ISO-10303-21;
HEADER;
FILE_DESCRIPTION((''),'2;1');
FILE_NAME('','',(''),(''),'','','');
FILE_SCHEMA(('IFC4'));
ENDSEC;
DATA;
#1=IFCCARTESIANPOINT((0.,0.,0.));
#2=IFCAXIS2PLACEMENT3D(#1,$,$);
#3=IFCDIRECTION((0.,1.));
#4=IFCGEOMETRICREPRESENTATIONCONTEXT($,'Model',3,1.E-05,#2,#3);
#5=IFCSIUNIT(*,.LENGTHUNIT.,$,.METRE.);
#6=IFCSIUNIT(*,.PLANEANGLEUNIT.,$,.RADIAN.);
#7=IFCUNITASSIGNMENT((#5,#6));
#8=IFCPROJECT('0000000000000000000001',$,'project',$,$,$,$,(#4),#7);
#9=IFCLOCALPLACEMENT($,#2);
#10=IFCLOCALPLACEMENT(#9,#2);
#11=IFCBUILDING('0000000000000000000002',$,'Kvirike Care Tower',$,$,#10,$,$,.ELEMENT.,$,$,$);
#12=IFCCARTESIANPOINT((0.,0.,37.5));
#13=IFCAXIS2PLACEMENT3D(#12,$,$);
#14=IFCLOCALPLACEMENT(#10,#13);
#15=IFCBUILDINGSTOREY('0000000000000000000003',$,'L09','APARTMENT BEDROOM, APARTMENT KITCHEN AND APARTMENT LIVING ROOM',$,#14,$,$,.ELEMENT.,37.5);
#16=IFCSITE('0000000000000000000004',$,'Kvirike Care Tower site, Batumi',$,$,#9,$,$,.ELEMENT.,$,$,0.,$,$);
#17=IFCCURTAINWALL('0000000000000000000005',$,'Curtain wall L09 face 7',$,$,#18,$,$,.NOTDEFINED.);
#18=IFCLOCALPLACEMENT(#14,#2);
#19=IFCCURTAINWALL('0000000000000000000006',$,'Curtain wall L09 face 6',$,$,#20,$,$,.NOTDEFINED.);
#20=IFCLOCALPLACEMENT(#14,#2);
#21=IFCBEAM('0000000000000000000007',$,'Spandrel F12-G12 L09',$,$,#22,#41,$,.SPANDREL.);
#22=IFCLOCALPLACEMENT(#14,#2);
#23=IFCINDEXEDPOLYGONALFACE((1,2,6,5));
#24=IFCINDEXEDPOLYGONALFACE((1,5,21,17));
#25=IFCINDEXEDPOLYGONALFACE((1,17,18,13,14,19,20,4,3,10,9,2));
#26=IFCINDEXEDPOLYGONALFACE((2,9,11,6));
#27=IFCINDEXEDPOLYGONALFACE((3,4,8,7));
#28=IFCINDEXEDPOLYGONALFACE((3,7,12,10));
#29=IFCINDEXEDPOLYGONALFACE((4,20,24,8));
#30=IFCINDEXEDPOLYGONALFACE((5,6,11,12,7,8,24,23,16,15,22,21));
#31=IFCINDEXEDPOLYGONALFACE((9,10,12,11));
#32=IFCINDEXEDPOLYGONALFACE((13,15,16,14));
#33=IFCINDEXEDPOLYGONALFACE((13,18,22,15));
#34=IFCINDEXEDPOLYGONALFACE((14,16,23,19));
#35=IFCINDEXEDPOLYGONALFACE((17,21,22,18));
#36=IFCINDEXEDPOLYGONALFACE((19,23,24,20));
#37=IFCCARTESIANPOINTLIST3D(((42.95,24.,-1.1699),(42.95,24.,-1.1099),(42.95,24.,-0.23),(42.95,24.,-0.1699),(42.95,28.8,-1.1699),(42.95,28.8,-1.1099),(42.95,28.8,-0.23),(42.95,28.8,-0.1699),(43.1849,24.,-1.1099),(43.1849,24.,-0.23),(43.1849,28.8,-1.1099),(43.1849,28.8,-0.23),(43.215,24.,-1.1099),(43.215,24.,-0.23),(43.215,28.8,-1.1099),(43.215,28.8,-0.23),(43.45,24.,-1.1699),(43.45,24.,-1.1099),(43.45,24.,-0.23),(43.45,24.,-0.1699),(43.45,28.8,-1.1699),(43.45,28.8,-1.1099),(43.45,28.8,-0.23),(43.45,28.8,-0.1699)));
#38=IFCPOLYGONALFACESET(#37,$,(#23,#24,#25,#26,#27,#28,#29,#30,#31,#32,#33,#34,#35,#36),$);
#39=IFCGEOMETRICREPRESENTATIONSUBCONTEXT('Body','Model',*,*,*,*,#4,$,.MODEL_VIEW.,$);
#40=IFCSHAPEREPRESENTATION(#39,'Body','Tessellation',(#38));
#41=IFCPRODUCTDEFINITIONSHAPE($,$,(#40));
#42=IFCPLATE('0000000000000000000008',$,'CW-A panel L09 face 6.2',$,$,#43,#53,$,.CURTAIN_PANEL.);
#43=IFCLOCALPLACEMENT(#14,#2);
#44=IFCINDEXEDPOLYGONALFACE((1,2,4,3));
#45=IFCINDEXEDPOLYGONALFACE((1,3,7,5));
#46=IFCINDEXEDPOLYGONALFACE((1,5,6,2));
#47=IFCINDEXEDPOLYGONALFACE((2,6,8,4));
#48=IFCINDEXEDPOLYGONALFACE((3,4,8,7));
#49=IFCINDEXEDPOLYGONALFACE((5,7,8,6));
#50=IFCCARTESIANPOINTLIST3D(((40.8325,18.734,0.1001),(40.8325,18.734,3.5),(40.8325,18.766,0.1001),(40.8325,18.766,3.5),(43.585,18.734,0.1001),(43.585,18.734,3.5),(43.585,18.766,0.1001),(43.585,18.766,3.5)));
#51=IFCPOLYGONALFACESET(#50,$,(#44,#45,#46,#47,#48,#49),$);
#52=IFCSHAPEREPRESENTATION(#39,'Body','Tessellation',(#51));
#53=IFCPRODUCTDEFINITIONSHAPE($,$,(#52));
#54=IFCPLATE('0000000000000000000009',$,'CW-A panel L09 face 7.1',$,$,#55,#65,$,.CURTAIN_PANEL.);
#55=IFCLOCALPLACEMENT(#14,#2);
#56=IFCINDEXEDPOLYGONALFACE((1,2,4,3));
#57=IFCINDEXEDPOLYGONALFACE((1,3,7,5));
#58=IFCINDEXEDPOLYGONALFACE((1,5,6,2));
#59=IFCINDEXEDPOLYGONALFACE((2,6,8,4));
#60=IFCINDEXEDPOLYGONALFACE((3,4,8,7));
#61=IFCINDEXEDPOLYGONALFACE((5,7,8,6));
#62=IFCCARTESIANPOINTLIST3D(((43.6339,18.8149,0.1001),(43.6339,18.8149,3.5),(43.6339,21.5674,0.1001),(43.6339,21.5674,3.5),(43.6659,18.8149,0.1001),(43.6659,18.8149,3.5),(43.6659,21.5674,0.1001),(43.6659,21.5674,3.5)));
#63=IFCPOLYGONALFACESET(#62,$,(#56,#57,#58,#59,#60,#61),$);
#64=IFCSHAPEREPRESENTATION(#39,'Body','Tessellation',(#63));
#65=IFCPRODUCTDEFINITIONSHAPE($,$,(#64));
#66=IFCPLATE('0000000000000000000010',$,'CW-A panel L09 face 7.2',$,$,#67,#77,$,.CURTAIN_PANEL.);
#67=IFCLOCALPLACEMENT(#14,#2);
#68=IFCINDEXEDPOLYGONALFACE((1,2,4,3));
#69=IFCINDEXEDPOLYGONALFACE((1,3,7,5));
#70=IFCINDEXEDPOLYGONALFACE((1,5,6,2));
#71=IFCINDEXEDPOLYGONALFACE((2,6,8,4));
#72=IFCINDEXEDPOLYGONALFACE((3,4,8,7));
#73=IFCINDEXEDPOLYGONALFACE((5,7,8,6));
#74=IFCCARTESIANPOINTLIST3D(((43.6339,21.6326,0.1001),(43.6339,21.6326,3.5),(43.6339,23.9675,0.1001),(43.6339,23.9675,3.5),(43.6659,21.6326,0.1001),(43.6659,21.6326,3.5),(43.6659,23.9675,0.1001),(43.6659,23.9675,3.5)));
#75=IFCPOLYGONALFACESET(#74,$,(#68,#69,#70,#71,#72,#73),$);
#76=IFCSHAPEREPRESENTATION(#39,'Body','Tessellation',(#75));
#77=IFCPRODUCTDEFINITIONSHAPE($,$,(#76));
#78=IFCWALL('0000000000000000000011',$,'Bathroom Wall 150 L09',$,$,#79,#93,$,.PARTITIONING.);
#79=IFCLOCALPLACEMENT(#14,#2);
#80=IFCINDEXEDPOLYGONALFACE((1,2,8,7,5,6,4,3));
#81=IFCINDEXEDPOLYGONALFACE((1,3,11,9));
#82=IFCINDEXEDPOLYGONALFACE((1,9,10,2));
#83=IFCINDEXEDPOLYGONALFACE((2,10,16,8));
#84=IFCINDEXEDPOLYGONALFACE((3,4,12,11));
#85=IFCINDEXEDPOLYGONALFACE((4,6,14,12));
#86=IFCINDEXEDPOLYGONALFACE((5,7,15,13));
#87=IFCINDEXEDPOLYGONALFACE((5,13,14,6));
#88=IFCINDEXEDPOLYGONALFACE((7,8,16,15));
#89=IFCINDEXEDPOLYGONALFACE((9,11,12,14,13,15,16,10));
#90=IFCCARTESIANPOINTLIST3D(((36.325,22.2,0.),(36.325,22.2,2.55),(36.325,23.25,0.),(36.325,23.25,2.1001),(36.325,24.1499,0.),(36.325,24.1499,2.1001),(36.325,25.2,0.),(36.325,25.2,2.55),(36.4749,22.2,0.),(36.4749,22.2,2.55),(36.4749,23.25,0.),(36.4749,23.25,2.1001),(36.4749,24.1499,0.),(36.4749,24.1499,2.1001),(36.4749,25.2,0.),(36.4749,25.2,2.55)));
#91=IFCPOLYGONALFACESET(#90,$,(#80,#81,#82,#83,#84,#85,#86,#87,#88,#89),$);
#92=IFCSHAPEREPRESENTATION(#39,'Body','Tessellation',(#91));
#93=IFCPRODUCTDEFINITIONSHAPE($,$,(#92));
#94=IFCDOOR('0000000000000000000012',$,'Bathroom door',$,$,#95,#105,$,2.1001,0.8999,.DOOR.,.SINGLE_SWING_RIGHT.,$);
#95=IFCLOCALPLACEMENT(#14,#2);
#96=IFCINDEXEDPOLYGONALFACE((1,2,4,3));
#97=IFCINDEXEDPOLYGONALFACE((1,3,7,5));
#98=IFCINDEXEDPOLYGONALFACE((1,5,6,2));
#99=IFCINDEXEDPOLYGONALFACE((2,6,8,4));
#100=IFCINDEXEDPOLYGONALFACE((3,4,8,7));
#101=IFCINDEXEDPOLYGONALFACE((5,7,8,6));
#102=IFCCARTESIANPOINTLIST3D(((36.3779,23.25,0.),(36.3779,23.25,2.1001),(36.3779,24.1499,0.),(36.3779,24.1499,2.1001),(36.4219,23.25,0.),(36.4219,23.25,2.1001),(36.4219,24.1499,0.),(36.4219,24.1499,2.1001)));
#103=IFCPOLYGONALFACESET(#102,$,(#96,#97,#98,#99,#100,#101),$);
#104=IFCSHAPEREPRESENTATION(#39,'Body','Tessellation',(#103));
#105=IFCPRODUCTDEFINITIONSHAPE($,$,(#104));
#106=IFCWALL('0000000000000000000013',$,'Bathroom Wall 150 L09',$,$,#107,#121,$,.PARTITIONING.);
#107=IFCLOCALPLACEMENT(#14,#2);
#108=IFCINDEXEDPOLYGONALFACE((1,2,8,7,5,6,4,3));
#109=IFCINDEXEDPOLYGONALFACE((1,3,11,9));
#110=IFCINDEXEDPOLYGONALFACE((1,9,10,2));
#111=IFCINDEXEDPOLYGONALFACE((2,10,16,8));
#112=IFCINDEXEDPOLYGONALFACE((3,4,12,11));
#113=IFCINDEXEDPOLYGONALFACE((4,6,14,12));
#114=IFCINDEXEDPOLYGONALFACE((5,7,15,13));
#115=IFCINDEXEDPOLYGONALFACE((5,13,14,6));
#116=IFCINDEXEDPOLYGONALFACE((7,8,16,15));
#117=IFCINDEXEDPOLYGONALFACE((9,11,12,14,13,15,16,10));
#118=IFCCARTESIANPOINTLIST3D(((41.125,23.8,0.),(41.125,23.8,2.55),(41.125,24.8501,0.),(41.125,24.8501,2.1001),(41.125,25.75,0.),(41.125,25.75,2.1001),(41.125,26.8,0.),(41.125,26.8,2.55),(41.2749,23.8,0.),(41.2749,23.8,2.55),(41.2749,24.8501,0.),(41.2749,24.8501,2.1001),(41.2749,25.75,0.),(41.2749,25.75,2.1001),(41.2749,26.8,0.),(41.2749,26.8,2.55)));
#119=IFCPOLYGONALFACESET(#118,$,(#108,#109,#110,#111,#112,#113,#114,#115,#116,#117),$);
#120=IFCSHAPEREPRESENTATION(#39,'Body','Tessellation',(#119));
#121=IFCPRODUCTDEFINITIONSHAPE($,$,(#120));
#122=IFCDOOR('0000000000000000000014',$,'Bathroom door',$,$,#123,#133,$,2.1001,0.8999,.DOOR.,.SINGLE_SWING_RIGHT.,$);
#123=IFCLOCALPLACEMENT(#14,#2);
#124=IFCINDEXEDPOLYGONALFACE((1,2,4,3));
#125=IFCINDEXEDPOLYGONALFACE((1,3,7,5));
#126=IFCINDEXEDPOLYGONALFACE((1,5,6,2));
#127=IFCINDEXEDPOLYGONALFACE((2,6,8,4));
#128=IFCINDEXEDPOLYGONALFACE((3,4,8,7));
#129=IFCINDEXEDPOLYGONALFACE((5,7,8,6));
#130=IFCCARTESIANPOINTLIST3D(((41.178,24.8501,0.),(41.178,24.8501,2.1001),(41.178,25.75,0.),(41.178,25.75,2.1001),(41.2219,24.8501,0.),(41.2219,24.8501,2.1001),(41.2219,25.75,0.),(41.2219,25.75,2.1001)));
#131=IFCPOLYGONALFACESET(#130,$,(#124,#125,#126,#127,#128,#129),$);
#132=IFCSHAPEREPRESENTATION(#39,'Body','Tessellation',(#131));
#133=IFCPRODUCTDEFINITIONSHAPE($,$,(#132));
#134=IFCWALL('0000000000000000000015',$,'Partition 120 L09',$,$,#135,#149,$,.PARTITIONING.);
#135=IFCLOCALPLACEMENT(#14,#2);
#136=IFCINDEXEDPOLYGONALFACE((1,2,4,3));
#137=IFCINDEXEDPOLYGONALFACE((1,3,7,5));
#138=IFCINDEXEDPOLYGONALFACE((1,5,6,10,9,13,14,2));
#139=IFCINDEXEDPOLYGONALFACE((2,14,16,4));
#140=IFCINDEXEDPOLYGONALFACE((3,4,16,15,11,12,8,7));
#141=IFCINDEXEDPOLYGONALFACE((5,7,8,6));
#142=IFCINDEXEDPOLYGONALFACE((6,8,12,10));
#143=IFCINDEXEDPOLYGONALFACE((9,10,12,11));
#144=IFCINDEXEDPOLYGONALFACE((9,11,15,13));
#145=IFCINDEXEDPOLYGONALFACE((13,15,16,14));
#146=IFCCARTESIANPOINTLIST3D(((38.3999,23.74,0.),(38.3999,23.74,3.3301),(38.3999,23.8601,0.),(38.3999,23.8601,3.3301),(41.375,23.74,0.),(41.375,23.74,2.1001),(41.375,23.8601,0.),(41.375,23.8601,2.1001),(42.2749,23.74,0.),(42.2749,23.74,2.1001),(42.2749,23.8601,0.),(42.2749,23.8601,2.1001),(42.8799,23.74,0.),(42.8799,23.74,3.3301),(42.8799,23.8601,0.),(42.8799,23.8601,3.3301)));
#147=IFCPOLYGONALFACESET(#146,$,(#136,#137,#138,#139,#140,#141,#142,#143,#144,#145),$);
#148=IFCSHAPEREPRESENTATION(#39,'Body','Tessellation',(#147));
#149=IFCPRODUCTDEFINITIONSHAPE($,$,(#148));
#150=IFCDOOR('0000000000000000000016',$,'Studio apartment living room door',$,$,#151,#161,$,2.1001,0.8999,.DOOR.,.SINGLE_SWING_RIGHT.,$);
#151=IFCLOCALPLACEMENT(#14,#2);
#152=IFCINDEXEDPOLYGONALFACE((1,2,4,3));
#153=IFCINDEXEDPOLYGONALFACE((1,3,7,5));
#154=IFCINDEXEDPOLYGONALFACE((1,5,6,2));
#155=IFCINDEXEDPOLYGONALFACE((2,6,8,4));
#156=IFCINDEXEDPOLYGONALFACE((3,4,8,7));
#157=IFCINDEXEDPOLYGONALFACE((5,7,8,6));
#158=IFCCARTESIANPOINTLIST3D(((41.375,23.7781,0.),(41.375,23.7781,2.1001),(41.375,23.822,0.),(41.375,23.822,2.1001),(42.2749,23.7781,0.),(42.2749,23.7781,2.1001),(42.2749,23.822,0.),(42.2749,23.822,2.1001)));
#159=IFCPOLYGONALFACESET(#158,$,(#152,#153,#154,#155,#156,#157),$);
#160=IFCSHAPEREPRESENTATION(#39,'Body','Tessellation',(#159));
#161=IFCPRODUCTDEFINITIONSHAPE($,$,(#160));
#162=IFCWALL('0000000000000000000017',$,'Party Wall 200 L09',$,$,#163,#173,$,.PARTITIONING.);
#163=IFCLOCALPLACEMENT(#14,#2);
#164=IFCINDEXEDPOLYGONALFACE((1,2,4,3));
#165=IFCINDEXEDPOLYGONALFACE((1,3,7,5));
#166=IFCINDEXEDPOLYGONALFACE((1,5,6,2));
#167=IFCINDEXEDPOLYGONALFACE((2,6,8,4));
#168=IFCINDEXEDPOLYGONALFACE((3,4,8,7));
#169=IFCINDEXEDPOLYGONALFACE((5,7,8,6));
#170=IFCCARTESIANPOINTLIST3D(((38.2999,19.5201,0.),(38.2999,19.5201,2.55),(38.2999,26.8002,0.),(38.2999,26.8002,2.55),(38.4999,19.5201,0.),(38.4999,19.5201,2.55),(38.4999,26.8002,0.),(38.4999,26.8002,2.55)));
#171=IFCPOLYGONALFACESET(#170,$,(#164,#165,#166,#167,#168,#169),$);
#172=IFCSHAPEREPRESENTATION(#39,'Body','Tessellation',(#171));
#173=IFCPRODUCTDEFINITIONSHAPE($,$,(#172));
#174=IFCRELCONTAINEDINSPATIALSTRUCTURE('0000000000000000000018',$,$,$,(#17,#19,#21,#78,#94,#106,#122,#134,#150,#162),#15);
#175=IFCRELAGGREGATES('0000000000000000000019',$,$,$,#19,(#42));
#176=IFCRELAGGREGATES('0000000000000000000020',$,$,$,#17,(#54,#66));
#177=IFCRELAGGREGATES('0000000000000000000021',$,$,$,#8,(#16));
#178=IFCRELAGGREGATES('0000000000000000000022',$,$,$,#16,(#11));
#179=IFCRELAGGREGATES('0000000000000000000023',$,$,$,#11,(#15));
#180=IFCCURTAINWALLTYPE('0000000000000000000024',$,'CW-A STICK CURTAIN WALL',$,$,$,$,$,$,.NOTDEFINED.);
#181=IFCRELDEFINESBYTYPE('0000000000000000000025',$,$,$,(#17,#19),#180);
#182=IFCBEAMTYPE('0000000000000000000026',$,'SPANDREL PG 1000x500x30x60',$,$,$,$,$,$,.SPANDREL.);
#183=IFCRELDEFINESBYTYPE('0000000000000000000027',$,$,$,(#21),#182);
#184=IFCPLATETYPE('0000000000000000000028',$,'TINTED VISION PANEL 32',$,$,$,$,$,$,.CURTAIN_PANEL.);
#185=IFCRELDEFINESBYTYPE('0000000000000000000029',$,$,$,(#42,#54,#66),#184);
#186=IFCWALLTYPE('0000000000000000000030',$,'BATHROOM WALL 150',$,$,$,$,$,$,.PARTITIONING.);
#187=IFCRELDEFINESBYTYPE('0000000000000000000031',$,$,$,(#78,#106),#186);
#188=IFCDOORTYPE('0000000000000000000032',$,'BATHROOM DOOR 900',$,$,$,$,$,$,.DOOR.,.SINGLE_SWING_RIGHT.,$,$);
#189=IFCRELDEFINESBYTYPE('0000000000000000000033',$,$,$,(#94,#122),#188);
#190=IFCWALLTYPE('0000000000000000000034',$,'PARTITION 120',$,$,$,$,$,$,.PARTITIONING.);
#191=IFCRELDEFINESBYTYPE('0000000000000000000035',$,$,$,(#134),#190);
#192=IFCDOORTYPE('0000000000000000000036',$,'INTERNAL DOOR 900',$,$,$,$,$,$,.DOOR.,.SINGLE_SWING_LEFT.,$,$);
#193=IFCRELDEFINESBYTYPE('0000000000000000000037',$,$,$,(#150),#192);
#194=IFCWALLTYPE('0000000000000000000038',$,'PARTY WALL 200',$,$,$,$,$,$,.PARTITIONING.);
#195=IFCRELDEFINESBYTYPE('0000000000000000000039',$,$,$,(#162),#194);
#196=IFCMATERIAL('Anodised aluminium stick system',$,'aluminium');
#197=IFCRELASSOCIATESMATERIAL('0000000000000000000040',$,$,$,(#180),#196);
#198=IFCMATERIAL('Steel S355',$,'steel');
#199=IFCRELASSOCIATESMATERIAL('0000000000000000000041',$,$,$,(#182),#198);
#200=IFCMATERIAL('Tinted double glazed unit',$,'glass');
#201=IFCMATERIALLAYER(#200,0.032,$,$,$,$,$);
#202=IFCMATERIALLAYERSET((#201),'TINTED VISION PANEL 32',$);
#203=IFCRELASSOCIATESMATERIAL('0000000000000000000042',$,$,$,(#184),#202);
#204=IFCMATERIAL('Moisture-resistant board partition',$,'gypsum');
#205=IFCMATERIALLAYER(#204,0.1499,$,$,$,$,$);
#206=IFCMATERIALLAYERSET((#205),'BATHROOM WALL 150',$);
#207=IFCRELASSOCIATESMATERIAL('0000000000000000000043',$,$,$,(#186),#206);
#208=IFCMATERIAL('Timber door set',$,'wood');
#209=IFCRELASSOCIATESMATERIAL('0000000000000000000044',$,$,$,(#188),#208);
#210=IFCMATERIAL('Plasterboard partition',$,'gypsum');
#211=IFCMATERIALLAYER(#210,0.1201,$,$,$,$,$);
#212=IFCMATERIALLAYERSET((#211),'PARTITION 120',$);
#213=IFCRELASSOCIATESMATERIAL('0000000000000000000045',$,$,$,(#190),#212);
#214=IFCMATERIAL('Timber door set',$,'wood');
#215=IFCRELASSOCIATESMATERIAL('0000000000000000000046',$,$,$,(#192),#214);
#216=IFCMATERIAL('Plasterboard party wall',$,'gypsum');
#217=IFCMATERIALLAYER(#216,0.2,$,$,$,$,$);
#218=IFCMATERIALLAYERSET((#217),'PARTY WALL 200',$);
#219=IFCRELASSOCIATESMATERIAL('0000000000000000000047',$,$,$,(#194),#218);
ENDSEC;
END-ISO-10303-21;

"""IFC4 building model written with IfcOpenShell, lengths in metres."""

from ifc_helpers import new_model, si_unit, direction, frame, frame_2d, origin, origin_2d, place, context, subcontext, project, spatial, rectangle, i_section, extrude, material, layer, layer_set, material_profile, profile_set, type_object, element, fill, aggregate, save


model = new_model("IFC4")

# Units and contexts
model_context = context("Model", 3, precision=1e-05, world=origin(), true_north=direction((0.0, 1.0)))
body_context = subcontext(model_context, "Body", "Model", "MODEL_VIEW")
ifc_project = project(units=[si_unit("LENGTHUNIT", "METRE"), si_unit("PLANEANGLEUNIT", "RADIAN")], contexts=[model_context])

# Site, building, storey
site_placement = place(None, origin())
site = spatial("IfcSite", under=ifc_project, at=site_placement, Name="Kvirike Care Tower site, Batumi", CompositionType="ELEMENT", RefElevation=0.0)
building_placement = place(site_placement, origin())
building = spatial("IfcBuilding", under=site, at=building_placement, Name="Kvirike Care Tower", CompositionType="ELEMENT")
storey_placement = place(building_placement, frame((0.0, 0.0, 37.5)))
storey = spatial("IfcBuildingStorey", under=building, at=storey_placement, Name="L09", Description="APARTMENT BEDROOM, APARTMENT KITCHEN AND APARTMENT LIVING ROOM", CompositionType="ELEMENT", Elevation=37.5)

# Curtain walls
ifc_material_1 = material(Name="Anodised aluminium stick system", Category="aluminium")
curtain_wall_type = type_object("IfcCurtainWallType", Name="CW-A STICK CURTAIN WALL", PredefinedType="NOTDEFINED", material=ifc_material_1)
curtain_wall_1_placement = place(storey_placement, origin())
curtain_wall_1 = element("IfcCurtainWall", 1, at=curtain_wall_1_placement, inside=storey, type_object=curtain_wall_type, Name="Curtain wall L09 face 7", PredefinedType="NOTDEFINED")
curtain_wall_2_placement = place(storey_placement, origin())
curtain_wall_2 = element("IfcCurtainWall", 2, at=curtain_wall_2_placement, inside=storey, type_object=curtain_wall_type, Name="Curtain wall L09 face 6", PredefinedType="NOTDEFINED")

# Beam
ifc_material_2 = material(Name="Steel S355", Category="steel")
ifc_material_profile_1 = material_profile(ifc_material_2, i_section(OverallWidth=0.5, OverallDepth=1.0, WebThickness=0.03, FlangeThickness=0.0601, at=origin_2d()), Name="PG 1000x500x30x60")
ifc_profile_set_1 = profile_set([ifc_material_profile_1], Name="Steel S355")
beam_type = type_object("IfcBeamType", Name="SPANDREL PG 1000x500x30x60", PredefinedType="SPANDREL", material=ifc_profile_set_1)
for number, where, z_axis, x_axis, name in (
    (3, (43.2, 24.0, -0.6699), (0.0, 1.0, 0.0), (-1.0, 0.0, 0.0), "Spandrel F12-G12 L09"),
):
    element("IfcBeam", number, at=place(storey_placement, frame(where, z_axis=z_axis, x_axis=x_axis)), inside=storey, type_object=beam_type, Name=name, PredefinedType="SPANDREL", context=body_context, shape_type="SweptSolid", body=[
        extrude(i_section(OverallWidth=0.5, OverallDepth=1.0, WebThickness=0.03, FlangeThickness=0.0601, at=origin_2d()), origin(), (0.0, 0.0, 1.0), 4.8),
    ])

# Plates
ifc_material_3 = material(Name="Tinted double glazed unit", Category="glass")
ifc_layer_1 = layer(ifc_material_3, 0.032)
ifc_layer_set_1 = layer_set([ifc_layer_1], Name="TINTED VISION PANEL 32")
plate_type = type_object("IfcPlateType", Name="TINTED VISION PANEL 32", PredefinedType="CURTAIN_PANEL", material=ifc_layer_set_1)
plate_1_placement = place(storey_placement, frame((42.2087, 18.75, 0.1001), z_axis=(0.0, 0.0, 1.0), x_axis=(1.0, 0.0, 0.0)))
plate_1 = element("IfcPlate", 4, at=plate_1_placement, type_object=plate_type, Name="CW-A panel L09 face 6.2", PredefinedType="CURTAIN_PANEL", context=body_context, shape_type="SweptSolid", body=[
    extrude(rectangle(XDim=2.7524, YDim=0.032, at=origin_2d()), origin(), (0.0, 0.0, 1.0), 3.3999),
])
aggregate(curtain_wall_2, [plate_1])
plate_2_placement = place(storey_placement, frame((43.6499, 20.1912, 0.1001), z_axis=(0.0, 0.0, 1.0), x_axis=(0.0, 1.0, 0.0)))
plate_2 = element("IfcPlate", 5, at=plate_2_placement, type_object=plate_type, Name="CW-A panel L09 face 7.1", PredefinedType="CURTAIN_PANEL", context=body_context, shape_type="SweptSolid", body=[
    extrude(rectangle(XDim=2.7524, YDim=0.032, at=origin_2d()), origin(), (0.0, 0.0, 1.0), 3.3999),
])
plate_3_placement = place(storey_placement, frame((43.6499, 22.8, 0.1001), z_axis=(0.0, 0.0, 1.0), x_axis=(0.0, 1.0, 0.0)))
plate_3 = element("IfcPlate", 6, at=plate_3_placement, type_object=plate_type, Name="CW-A panel L09 face 7.2", PredefinedType="CURTAIN_PANEL", context=body_context, shape_type="SweptSolid", body=[
    extrude(rectangle(XDim=2.335, YDim=0.032, at=origin_2d()), origin(), (0.0, 0.0, 1.0), 3.3999),
])
aggregate(curtain_wall_1, [plate_2, plate_3])

# Walls, openings, doors
ifc_material_4 = material(Name="Moisture-resistant board partition", Category="gypsum")
ifc_layer_2 = layer(ifc_material_4, 0.1499)
ifc_layer_set_2 = layer_set([ifc_layer_2], Name="BATHROOM WALL 150")
wall_type_1 = type_object("IfcWallType", Name="BATHROOM WALL 150", PredefinedType="PARTITIONING", material=ifc_layer_set_2)
wall_1_placement = place(storey_placement, frame((36.3999, 22.2, 0.0), z_axis=(0.0, 0.0, 1.0), x_axis=(0.0, 1.0, 0.0)))
wall_1 = element("IfcWall", 7, at=wall_1_placement, inside=storey, type_object=wall_type_1, Name="Bathroom Wall 150 L09", PredefinedType="PARTITIONING", context=body_context, shape_type="SweptSolid", body=[
    extrude(rectangle(XDim=3.0, YDim=0.1499, at=frame_2d((1.5, 0.0))), origin(), (0.0, 0.0, 1.0), 2.55),
])
opening_1_placement = place(wall_1_placement, frame((1.05, 0.0, 0.0)))
opening_1 = element("IfcOpeningElement", 8, at=opening_1_placement, cuts=wall_1, PredefinedType="OPENING", context=body_context, shape_type="SweptSolid", body=[
    extrude(rectangle(XDim=0.8999, YDim=2.1001, at=frame_2d((0.45, 1.05))), frame((0.0, 0.0854, 0.0), z_axis=(0.0, -1.0, 0.0), x_axis=(1.0, 0.0, 0.0)), (0.0, 0.0, 1.0), 0.1709),
])
ifc_material_5 = material(Name="Timber door set", Category="wood")
door_type_1 = type_object("IfcDoorType", Name="BATHROOM DOOR 900", OperationType="SINGLE_SWING_RIGHT", PredefinedType="DOOR", material=ifc_material_5)
door_1_placement = place(opening_1_placement, origin())
door_1 = element("IfcDoor", 9, at=door_1_placement, inside=storey, type_object=door_type_1, Name="Bathroom door", OperationType="SINGLE_SWING_RIGHT", OverallHeight=2.1001, OverallWidth=0.8999, PredefinedType="DOOR", context=body_context, shape_type="SweptSolid", body=[
    extrude(rectangle(XDim=0.8999, YDim=2.1001, at=frame_2d((0.45, 1.05))), frame((0.0, 0.022, 0.0), z_axis=(0.0, -1.0, 0.0), x_axis=(1.0, 0.0, 0.0)), (0.0, 0.0, 1.0), 0.0439),
])
fill(opening_1, door_1)
wall_2_placement = place(storey_placement, frame((41.2, 23.8, 0.0), z_axis=(0.0, 0.0, 1.0), x_axis=(0.0, 1.0, 0.0)))
wall_2 = element("IfcWall", 10, at=wall_2_placement, inside=storey, type_object=wall_type_1, Name="Bathroom Wall 150 L09", PredefinedType="PARTITIONING", context=body_context, shape_type="SweptSolid", body=[
    extrude(rectangle(XDim=3.0, YDim=0.1499, at=frame_2d((1.5, 0.0))), origin(), (0.0, 0.0, 1.0), 2.55),
])
opening_2_placement = place(wall_2_placement, frame((1.05, 0.0, 0.0)))
opening_2 = element("IfcOpeningElement", 11, at=opening_2_placement, cuts=wall_2, PredefinedType="OPENING", context=body_context, shape_type="SweptSolid", body=[
    extrude(rectangle(XDim=0.8999, YDim=2.1001, at=frame_2d((0.45, 1.05))), frame((0.0, 0.0854, 0.0), z_axis=(0.0, -1.0, 0.0), x_axis=(1.0, 0.0, 0.0)), (0.0, 0.0, 1.0), 0.1709),
])
door_2_placement = place(opening_2_placement, origin())
door_2 = element("IfcDoor", 12, at=door_2_placement, inside=storey, type_object=door_type_1, Name="Bathroom door", OperationType="SINGLE_SWING_RIGHT", OverallHeight=2.1001, OverallWidth=0.8999, PredefinedType="DOOR", context=body_context, shape_type="SweptSolid", body=[
    extrude(rectangle(XDim=0.8999, YDim=2.1001, at=frame_2d((0.45, 1.05))), frame((0.0, 0.022, 0.0), z_axis=(0.0, -1.0, 0.0), x_axis=(1.0, 0.0, 0.0)), (0.0, 0.0, 1.0), 0.0439),
])
fill(opening_2, door_2)
ifc_material_6 = material(Name="Plasterboard partition", Category="gypsum")
ifc_layer_3 = layer(ifc_material_6, 0.1201)
ifc_layer_set_3 = layer_set([ifc_layer_3], Name="PARTITION 120")
wall_type_2 = type_object("IfcWallType", Name="PARTITION 120", PredefinedType="PARTITIONING", material=ifc_layer_set_3)
wall_3_placement = place(storey_placement, frame((38.3999, 23.8, 0.0), z_axis=(0.0, 0.0, 1.0), x_axis=(1.0, 0.0, 0.0)))
wall_3 = element("IfcWall", 13, at=wall_3_placement, inside=storey, type_object=wall_type_2, Name="Partition 120 L09", PredefinedType="PARTITIONING", context=body_context, shape_type="SweptSolid", body=[
    extrude(rectangle(XDim=4.48, YDim=0.1201, at=frame_2d((2.24, 0.0))), origin(), (0.0, 0.0, 1.0), 3.3301),
])
opening_3_placement = place(wall_3_placement, frame((2.9751, 0.0, 0.0)))
opening_3 = element("IfcOpeningElement", 14, at=opening_3_placement, cuts=wall_3, PredefinedType="OPENING", context=body_context, shape_type="SweptSolid", body=[
    extrude(rectangle(XDim=0.8999, YDim=2.1001, at=frame_2d((0.45, 1.05))), frame((0.0, 0.0706, 0.0), z_axis=(0.0, -1.0, 0.0), x_axis=(1.0, 0.0, 0.0)), (0.0, 0.0, 1.0), 0.1411),
])
ifc_material_7 = material(Name="Timber door set", Category="wood")
door_type_2 = type_object("IfcDoorType", Name="INTERNAL DOOR 900", OperationType="SINGLE_SWING_LEFT", PredefinedType="DOOR", material=ifc_material_7)
door_3_placement = place(opening_3_placement, origin())
door_3 = element("IfcDoor", 15, at=door_3_placement, inside=storey, type_object=door_type_2, Name="Studio apartment living room door", OperationType="SINGLE_SWING_RIGHT", OverallHeight=2.1001, OverallWidth=0.8999, PredefinedType="DOOR", context=body_context, shape_type="SweptSolid", body=[
    extrude(rectangle(XDim=0.8999, YDim=2.1001, at=frame_2d((0.45, 1.05))), frame((0.0, 0.022, 0.0), z_axis=(0.0, -1.0, 0.0), x_axis=(1.0, 0.0, 0.0)), (0.0, 0.0, 1.0), 0.0439),
])
fill(opening_3, door_3)

# Wall
ifc_material_8 = material(Name="Plasterboard party wall", Category="gypsum")
ifc_layer_4 = layer(ifc_material_8, 0.2)
ifc_layer_set_4 = layer_set([ifc_layer_4], Name="PARTY WALL 200")
wall_type_3 = type_object("IfcWallType", Name="PARTY WALL 200", PredefinedType="PARTITIONING", material=ifc_layer_set_4)
wall_4_placement = place(storey_placement, frame((38.3999, 19.52, 0.0), z_axis=(0.0, 0.0, 1.0), x_axis=(0.0, 1.0, 0.0)))
element("IfcWall", 16, at=wall_4_placement, inside=storey, type_object=wall_type_3, Name="Party Wall 200 L09", PredefinedType="PARTITIONING", context=body_context, shape_type="SweptSolid", body=[
    extrude(rectangle(XDim=7.28, YDim=0.2, at=frame_2d((3.6401, 0.0))), origin(), (0.0, 0.0, 1.0), 2.55),
])

save(model, "model.ifc")
